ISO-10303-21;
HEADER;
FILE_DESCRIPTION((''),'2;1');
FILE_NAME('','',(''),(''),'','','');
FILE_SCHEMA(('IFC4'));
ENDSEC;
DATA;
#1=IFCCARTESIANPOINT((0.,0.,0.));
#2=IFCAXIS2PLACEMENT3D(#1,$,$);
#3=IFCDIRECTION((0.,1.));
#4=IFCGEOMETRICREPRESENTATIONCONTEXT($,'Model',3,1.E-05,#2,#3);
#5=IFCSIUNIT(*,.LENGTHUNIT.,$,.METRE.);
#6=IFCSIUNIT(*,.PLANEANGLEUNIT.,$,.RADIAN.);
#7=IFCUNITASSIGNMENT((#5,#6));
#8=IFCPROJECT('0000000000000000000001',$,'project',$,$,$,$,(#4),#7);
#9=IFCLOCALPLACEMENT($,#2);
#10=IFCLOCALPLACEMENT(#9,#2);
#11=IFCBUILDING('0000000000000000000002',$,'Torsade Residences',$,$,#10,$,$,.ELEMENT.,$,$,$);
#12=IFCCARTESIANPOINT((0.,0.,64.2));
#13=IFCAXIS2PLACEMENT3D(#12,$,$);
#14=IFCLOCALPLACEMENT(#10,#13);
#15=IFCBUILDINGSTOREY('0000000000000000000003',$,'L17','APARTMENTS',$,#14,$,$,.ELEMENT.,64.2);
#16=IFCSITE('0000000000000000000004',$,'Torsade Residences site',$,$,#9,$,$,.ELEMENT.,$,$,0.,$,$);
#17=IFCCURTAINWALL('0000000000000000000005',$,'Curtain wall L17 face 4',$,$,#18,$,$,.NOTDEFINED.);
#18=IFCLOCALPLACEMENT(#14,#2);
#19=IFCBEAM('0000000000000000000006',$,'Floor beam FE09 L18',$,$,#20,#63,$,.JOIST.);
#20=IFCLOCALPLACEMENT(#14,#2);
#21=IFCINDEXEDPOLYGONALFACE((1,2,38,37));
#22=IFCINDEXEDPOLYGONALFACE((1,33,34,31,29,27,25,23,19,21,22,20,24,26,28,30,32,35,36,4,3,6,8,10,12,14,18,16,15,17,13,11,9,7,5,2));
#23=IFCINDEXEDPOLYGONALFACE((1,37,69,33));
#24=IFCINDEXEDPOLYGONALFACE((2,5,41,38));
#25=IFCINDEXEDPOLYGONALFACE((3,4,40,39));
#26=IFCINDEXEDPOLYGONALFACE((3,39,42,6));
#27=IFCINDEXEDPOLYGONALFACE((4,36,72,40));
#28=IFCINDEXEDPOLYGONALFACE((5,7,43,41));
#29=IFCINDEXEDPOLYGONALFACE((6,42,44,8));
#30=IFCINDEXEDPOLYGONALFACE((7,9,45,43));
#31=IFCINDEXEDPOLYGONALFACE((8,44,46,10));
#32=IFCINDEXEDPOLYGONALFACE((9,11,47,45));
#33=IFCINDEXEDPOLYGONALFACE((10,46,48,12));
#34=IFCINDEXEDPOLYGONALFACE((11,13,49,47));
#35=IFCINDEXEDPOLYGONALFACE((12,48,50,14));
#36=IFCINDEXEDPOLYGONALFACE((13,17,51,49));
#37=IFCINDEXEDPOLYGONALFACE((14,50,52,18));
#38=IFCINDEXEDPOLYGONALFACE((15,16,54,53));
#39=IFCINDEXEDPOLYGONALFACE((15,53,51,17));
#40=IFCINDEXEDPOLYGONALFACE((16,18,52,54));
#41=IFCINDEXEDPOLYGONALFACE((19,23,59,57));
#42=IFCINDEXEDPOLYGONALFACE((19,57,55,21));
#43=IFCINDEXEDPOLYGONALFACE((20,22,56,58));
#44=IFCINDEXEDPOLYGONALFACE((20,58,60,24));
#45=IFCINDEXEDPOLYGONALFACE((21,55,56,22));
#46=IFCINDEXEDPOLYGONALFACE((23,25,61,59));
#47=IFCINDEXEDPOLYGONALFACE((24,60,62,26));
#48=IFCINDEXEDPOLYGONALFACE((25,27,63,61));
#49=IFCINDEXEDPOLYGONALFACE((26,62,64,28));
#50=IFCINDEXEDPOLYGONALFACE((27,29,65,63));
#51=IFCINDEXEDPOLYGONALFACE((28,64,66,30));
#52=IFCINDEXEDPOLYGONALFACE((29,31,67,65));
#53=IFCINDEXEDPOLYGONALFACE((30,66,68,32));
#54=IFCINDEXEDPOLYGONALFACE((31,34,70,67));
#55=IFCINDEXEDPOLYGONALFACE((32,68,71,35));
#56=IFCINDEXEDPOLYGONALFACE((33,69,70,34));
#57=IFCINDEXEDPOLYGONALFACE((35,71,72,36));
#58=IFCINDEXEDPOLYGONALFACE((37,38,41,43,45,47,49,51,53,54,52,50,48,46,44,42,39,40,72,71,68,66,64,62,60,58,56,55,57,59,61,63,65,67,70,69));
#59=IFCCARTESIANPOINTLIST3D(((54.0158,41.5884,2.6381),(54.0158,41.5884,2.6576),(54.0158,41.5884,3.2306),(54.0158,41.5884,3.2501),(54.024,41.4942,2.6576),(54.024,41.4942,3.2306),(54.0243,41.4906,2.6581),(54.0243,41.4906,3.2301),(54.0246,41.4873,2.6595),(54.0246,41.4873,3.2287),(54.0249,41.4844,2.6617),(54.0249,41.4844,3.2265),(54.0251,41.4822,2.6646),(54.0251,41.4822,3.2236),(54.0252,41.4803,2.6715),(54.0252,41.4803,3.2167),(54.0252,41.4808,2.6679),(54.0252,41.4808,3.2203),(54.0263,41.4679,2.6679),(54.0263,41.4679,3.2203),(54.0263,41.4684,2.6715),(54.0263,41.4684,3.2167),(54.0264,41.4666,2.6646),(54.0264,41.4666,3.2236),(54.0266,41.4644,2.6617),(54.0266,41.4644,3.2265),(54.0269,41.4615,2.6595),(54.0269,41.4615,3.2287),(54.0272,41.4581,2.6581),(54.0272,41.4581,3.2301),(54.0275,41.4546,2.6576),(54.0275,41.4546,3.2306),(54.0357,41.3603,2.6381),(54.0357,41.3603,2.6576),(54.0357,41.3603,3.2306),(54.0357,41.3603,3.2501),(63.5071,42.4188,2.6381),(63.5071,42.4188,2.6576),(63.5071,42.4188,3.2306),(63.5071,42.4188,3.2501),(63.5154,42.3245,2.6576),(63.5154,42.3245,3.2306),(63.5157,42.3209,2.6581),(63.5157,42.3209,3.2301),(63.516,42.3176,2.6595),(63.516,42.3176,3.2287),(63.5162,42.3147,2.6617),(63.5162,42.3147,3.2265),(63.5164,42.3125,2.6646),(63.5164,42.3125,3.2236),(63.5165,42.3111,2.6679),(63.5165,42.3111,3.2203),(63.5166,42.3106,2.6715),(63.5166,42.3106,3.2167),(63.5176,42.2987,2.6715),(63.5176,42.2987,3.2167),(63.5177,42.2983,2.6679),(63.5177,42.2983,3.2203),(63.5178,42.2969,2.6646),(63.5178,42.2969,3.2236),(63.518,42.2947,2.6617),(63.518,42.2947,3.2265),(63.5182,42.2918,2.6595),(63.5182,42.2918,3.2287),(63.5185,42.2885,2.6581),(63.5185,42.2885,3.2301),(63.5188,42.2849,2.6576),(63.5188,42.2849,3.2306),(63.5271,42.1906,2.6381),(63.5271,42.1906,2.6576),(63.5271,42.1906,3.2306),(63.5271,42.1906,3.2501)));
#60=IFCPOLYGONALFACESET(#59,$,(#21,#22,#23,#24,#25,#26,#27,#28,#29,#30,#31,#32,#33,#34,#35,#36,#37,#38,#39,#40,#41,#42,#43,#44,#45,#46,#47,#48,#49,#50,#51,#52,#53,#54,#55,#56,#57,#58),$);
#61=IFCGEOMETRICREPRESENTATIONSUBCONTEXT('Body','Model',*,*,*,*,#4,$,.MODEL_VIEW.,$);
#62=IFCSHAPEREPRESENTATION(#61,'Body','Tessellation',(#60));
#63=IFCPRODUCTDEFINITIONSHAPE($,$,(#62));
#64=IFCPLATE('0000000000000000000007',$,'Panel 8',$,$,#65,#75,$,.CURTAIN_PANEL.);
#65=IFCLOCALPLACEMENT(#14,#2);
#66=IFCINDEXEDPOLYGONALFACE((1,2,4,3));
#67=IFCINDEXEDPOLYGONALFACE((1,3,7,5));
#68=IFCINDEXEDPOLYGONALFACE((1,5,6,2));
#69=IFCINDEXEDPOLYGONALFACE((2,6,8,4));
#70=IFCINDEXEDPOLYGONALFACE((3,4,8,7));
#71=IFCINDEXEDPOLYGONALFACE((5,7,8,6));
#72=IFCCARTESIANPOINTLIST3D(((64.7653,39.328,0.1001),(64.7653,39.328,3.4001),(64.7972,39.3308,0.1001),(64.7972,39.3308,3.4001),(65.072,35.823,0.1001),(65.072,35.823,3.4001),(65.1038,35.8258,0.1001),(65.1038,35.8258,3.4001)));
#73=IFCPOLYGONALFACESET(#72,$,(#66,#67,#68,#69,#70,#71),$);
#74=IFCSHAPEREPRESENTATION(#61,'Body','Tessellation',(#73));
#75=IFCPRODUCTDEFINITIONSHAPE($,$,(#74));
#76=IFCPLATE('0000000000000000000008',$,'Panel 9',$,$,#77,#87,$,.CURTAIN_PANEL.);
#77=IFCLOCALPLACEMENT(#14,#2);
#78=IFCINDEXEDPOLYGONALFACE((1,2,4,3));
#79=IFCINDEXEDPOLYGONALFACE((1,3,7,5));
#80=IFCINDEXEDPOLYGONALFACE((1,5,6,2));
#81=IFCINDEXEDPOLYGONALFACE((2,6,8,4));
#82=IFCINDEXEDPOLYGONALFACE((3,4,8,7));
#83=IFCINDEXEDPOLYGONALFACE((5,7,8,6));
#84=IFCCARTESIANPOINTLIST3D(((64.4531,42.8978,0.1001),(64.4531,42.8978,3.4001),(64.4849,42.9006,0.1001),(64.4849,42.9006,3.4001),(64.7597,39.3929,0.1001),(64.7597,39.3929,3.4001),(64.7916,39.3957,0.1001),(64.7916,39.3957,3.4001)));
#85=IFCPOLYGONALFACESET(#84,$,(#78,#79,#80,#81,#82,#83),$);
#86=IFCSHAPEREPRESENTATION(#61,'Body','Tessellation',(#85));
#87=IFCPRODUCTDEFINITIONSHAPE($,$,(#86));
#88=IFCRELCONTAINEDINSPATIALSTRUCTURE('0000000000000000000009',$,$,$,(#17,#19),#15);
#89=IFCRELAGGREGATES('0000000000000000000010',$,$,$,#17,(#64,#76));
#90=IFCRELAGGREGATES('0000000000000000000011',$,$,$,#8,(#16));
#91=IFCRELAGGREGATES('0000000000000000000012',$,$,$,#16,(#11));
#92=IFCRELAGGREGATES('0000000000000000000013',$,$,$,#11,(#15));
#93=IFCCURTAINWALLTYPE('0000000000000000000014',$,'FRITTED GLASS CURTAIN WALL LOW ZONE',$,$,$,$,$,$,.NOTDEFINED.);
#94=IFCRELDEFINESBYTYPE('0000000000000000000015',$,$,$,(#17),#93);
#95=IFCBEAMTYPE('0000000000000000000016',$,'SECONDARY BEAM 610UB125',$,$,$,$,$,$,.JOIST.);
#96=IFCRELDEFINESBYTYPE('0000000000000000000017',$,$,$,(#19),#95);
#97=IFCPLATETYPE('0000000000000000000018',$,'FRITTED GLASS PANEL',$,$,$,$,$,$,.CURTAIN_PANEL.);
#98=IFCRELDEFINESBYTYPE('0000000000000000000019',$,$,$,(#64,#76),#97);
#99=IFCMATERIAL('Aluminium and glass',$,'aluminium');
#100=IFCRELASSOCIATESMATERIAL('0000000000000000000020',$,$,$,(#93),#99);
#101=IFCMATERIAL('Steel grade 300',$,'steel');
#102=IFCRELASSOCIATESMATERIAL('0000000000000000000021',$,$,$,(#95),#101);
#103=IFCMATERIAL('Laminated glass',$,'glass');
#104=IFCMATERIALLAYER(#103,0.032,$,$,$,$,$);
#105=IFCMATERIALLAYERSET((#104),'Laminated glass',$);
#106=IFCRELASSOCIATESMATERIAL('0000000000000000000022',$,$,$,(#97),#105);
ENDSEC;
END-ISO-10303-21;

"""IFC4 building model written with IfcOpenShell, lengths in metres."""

from ifc_helpers import new_model, si_unit, direction, frame, origin, origin_2d, place, context, subcontext, project, spatial, rectangle, i_section, extrude, material, layer, layer_set, material_profile, profile_set, type_object, element, aggregate, save


model = new_model("IFC4")

# Units and contexts
model_context = context("Model", 3, precision=1e-05, world=origin(), true_north=direction((0.0, 1.0)))
body_context = subcontext(model_context, "Body", "Model", "MODEL_VIEW")
ifc_project = project(units=[si_unit("LENGTHUNIT", "METRE"), si_unit("PLANEANGLEUNIT", "RADIAN")], contexts=[model_context])

# Site, building, storey
site_placement = place(None, origin())
site = spatial("IfcSite", under=ifc_project, at=site_placement, Name="Torsade Residences site", CompositionType="ELEMENT", RefElevation=0.0)
building_placement = place(site_placement, origin())
building = spatial("IfcBuilding", under=site, at=building_placement, Name="Torsade Residences", CompositionType="ELEMENT")
storey_placement = place(building_placement, frame((0.0, 0.0, 64.2)))
storey = spatial("IfcBuildingStorey", under=building, at=storey_placement, Name="L17", Description="APARTMENTS", CompositionType="ELEMENT", Elevation=64.2)

# Curtain wall
ifc_material_1 = material(Name="Aluminium and glass", Category="aluminium")
curtain_wall_type = type_object("IfcCurtainWallType", Name="FRITTED GLASS CURTAIN WALL LOW ZONE", PredefinedType="NOTDEFINED", material=ifc_material_1)
curtain_wall_placement = place(storey_placement, origin())
curtain_wall = element("IfcCurtainWall", 1, at=curtain_wall_placement, inside=storey, type_object=curtain_wall_type, Name="Curtain wall L17 face 4", PredefinedType="NOTDEFINED")

# Beam
ifc_material_2 = material(Name="Steel grade 300", Category="steel")
ifc_material_profile_1 = material_profile(ifc_material_2, i_section(OverallWidth=0.229, OverallDepth=0.6121, WebThickness=0.012, FlangeThickness=0.0195, FilletRadius=0.0139, at=origin_2d()), Name="610UB125")
ifc_profile_set_1 = profile_set([ifc_material_profile_1], Name="Steel grade 300")
beam_type_1 = type_object("IfcBeamType", Name="SECONDARY BEAM 610UB125", PredefinedType="JOIST", material=ifc_profile_set_1)
beam_1_placement = place(storey_placement, frame((63.5171, 42.3047, 2.9441), z_axis=(-0.996195, -0.087148, 0.0), x_axis=(0.087148, -0.996195, 0.0)))
element("IfcBeam", 2, at=beam_1_placement, inside=storey, type_object=beam_type_1, Name="Floor beam FE09 L18", PredefinedType="JOIST", context=body_context, shape_type="SweptSolid", body=[
    extrude(i_section(OverallWidth=0.229, OverallDepth=0.6121, WebThickness=0.012, FlangeThickness=0.0195, FilletRadius=0.0139, at=origin_2d()), origin(), (0.0, 0.0, 1.0), 9.5276),
])

# Plates
ifc_material_3 = material(Name="Laminated glass", Category="glass")
ifc_layer_1 = layer(ifc_material_3, 0.032)
ifc_layer_set_1 = layer_set([ifc_layer_1], Name="Laminated glass")
plate_type = type_object("IfcPlateType", Name="FRITTED GLASS PANEL", PredefinedType="CURTAIN_PANEL", material=ifc_layer_set_1)
plate_1_placement = place(storey_placement, frame((64.9346, 37.5769, 0.1001), z_axis=(0.0, 0.0, 1.0), x_axis=(-0.087156, 0.996195, 0.0)))
plate_1 = element("IfcPlate", 3, at=plate_1_placement, type_object=plate_type, Name="Panel 8", PredefinedType="CURTAIN_PANEL", context=body_context, shape_type="SweptSolid", body=[
    extrude(rectangle(XDim=3.5183, YDim=0.032, at=origin_2d()), origin(), (0.0, 0.0, 1.0), 3.3),
])
plate_2_placement = place(storey_placement, frame((64.6223, 41.1467, 0.1001), z_axis=(0.0, 0.0, 1.0), x_axis=(-0.087156, 0.996195, 0.0)))
plate_2 = element("IfcPlate", 4, at=plate_2_placement, type_object=plate_type, Name="Panel 9", PredefinedType="CURTAIN_PANEL", context=body_context, shape_type="SweptSolid", body=[
    extrude(rectangle(XDim=3.5183, YDim=0.032, at=origin_2d()), origin(), (0.0, 0.0, 1.0), 3.3),
])
aggregate(curtain_wall, [plate_1, plate_2])

save(model, "model.ifc")
